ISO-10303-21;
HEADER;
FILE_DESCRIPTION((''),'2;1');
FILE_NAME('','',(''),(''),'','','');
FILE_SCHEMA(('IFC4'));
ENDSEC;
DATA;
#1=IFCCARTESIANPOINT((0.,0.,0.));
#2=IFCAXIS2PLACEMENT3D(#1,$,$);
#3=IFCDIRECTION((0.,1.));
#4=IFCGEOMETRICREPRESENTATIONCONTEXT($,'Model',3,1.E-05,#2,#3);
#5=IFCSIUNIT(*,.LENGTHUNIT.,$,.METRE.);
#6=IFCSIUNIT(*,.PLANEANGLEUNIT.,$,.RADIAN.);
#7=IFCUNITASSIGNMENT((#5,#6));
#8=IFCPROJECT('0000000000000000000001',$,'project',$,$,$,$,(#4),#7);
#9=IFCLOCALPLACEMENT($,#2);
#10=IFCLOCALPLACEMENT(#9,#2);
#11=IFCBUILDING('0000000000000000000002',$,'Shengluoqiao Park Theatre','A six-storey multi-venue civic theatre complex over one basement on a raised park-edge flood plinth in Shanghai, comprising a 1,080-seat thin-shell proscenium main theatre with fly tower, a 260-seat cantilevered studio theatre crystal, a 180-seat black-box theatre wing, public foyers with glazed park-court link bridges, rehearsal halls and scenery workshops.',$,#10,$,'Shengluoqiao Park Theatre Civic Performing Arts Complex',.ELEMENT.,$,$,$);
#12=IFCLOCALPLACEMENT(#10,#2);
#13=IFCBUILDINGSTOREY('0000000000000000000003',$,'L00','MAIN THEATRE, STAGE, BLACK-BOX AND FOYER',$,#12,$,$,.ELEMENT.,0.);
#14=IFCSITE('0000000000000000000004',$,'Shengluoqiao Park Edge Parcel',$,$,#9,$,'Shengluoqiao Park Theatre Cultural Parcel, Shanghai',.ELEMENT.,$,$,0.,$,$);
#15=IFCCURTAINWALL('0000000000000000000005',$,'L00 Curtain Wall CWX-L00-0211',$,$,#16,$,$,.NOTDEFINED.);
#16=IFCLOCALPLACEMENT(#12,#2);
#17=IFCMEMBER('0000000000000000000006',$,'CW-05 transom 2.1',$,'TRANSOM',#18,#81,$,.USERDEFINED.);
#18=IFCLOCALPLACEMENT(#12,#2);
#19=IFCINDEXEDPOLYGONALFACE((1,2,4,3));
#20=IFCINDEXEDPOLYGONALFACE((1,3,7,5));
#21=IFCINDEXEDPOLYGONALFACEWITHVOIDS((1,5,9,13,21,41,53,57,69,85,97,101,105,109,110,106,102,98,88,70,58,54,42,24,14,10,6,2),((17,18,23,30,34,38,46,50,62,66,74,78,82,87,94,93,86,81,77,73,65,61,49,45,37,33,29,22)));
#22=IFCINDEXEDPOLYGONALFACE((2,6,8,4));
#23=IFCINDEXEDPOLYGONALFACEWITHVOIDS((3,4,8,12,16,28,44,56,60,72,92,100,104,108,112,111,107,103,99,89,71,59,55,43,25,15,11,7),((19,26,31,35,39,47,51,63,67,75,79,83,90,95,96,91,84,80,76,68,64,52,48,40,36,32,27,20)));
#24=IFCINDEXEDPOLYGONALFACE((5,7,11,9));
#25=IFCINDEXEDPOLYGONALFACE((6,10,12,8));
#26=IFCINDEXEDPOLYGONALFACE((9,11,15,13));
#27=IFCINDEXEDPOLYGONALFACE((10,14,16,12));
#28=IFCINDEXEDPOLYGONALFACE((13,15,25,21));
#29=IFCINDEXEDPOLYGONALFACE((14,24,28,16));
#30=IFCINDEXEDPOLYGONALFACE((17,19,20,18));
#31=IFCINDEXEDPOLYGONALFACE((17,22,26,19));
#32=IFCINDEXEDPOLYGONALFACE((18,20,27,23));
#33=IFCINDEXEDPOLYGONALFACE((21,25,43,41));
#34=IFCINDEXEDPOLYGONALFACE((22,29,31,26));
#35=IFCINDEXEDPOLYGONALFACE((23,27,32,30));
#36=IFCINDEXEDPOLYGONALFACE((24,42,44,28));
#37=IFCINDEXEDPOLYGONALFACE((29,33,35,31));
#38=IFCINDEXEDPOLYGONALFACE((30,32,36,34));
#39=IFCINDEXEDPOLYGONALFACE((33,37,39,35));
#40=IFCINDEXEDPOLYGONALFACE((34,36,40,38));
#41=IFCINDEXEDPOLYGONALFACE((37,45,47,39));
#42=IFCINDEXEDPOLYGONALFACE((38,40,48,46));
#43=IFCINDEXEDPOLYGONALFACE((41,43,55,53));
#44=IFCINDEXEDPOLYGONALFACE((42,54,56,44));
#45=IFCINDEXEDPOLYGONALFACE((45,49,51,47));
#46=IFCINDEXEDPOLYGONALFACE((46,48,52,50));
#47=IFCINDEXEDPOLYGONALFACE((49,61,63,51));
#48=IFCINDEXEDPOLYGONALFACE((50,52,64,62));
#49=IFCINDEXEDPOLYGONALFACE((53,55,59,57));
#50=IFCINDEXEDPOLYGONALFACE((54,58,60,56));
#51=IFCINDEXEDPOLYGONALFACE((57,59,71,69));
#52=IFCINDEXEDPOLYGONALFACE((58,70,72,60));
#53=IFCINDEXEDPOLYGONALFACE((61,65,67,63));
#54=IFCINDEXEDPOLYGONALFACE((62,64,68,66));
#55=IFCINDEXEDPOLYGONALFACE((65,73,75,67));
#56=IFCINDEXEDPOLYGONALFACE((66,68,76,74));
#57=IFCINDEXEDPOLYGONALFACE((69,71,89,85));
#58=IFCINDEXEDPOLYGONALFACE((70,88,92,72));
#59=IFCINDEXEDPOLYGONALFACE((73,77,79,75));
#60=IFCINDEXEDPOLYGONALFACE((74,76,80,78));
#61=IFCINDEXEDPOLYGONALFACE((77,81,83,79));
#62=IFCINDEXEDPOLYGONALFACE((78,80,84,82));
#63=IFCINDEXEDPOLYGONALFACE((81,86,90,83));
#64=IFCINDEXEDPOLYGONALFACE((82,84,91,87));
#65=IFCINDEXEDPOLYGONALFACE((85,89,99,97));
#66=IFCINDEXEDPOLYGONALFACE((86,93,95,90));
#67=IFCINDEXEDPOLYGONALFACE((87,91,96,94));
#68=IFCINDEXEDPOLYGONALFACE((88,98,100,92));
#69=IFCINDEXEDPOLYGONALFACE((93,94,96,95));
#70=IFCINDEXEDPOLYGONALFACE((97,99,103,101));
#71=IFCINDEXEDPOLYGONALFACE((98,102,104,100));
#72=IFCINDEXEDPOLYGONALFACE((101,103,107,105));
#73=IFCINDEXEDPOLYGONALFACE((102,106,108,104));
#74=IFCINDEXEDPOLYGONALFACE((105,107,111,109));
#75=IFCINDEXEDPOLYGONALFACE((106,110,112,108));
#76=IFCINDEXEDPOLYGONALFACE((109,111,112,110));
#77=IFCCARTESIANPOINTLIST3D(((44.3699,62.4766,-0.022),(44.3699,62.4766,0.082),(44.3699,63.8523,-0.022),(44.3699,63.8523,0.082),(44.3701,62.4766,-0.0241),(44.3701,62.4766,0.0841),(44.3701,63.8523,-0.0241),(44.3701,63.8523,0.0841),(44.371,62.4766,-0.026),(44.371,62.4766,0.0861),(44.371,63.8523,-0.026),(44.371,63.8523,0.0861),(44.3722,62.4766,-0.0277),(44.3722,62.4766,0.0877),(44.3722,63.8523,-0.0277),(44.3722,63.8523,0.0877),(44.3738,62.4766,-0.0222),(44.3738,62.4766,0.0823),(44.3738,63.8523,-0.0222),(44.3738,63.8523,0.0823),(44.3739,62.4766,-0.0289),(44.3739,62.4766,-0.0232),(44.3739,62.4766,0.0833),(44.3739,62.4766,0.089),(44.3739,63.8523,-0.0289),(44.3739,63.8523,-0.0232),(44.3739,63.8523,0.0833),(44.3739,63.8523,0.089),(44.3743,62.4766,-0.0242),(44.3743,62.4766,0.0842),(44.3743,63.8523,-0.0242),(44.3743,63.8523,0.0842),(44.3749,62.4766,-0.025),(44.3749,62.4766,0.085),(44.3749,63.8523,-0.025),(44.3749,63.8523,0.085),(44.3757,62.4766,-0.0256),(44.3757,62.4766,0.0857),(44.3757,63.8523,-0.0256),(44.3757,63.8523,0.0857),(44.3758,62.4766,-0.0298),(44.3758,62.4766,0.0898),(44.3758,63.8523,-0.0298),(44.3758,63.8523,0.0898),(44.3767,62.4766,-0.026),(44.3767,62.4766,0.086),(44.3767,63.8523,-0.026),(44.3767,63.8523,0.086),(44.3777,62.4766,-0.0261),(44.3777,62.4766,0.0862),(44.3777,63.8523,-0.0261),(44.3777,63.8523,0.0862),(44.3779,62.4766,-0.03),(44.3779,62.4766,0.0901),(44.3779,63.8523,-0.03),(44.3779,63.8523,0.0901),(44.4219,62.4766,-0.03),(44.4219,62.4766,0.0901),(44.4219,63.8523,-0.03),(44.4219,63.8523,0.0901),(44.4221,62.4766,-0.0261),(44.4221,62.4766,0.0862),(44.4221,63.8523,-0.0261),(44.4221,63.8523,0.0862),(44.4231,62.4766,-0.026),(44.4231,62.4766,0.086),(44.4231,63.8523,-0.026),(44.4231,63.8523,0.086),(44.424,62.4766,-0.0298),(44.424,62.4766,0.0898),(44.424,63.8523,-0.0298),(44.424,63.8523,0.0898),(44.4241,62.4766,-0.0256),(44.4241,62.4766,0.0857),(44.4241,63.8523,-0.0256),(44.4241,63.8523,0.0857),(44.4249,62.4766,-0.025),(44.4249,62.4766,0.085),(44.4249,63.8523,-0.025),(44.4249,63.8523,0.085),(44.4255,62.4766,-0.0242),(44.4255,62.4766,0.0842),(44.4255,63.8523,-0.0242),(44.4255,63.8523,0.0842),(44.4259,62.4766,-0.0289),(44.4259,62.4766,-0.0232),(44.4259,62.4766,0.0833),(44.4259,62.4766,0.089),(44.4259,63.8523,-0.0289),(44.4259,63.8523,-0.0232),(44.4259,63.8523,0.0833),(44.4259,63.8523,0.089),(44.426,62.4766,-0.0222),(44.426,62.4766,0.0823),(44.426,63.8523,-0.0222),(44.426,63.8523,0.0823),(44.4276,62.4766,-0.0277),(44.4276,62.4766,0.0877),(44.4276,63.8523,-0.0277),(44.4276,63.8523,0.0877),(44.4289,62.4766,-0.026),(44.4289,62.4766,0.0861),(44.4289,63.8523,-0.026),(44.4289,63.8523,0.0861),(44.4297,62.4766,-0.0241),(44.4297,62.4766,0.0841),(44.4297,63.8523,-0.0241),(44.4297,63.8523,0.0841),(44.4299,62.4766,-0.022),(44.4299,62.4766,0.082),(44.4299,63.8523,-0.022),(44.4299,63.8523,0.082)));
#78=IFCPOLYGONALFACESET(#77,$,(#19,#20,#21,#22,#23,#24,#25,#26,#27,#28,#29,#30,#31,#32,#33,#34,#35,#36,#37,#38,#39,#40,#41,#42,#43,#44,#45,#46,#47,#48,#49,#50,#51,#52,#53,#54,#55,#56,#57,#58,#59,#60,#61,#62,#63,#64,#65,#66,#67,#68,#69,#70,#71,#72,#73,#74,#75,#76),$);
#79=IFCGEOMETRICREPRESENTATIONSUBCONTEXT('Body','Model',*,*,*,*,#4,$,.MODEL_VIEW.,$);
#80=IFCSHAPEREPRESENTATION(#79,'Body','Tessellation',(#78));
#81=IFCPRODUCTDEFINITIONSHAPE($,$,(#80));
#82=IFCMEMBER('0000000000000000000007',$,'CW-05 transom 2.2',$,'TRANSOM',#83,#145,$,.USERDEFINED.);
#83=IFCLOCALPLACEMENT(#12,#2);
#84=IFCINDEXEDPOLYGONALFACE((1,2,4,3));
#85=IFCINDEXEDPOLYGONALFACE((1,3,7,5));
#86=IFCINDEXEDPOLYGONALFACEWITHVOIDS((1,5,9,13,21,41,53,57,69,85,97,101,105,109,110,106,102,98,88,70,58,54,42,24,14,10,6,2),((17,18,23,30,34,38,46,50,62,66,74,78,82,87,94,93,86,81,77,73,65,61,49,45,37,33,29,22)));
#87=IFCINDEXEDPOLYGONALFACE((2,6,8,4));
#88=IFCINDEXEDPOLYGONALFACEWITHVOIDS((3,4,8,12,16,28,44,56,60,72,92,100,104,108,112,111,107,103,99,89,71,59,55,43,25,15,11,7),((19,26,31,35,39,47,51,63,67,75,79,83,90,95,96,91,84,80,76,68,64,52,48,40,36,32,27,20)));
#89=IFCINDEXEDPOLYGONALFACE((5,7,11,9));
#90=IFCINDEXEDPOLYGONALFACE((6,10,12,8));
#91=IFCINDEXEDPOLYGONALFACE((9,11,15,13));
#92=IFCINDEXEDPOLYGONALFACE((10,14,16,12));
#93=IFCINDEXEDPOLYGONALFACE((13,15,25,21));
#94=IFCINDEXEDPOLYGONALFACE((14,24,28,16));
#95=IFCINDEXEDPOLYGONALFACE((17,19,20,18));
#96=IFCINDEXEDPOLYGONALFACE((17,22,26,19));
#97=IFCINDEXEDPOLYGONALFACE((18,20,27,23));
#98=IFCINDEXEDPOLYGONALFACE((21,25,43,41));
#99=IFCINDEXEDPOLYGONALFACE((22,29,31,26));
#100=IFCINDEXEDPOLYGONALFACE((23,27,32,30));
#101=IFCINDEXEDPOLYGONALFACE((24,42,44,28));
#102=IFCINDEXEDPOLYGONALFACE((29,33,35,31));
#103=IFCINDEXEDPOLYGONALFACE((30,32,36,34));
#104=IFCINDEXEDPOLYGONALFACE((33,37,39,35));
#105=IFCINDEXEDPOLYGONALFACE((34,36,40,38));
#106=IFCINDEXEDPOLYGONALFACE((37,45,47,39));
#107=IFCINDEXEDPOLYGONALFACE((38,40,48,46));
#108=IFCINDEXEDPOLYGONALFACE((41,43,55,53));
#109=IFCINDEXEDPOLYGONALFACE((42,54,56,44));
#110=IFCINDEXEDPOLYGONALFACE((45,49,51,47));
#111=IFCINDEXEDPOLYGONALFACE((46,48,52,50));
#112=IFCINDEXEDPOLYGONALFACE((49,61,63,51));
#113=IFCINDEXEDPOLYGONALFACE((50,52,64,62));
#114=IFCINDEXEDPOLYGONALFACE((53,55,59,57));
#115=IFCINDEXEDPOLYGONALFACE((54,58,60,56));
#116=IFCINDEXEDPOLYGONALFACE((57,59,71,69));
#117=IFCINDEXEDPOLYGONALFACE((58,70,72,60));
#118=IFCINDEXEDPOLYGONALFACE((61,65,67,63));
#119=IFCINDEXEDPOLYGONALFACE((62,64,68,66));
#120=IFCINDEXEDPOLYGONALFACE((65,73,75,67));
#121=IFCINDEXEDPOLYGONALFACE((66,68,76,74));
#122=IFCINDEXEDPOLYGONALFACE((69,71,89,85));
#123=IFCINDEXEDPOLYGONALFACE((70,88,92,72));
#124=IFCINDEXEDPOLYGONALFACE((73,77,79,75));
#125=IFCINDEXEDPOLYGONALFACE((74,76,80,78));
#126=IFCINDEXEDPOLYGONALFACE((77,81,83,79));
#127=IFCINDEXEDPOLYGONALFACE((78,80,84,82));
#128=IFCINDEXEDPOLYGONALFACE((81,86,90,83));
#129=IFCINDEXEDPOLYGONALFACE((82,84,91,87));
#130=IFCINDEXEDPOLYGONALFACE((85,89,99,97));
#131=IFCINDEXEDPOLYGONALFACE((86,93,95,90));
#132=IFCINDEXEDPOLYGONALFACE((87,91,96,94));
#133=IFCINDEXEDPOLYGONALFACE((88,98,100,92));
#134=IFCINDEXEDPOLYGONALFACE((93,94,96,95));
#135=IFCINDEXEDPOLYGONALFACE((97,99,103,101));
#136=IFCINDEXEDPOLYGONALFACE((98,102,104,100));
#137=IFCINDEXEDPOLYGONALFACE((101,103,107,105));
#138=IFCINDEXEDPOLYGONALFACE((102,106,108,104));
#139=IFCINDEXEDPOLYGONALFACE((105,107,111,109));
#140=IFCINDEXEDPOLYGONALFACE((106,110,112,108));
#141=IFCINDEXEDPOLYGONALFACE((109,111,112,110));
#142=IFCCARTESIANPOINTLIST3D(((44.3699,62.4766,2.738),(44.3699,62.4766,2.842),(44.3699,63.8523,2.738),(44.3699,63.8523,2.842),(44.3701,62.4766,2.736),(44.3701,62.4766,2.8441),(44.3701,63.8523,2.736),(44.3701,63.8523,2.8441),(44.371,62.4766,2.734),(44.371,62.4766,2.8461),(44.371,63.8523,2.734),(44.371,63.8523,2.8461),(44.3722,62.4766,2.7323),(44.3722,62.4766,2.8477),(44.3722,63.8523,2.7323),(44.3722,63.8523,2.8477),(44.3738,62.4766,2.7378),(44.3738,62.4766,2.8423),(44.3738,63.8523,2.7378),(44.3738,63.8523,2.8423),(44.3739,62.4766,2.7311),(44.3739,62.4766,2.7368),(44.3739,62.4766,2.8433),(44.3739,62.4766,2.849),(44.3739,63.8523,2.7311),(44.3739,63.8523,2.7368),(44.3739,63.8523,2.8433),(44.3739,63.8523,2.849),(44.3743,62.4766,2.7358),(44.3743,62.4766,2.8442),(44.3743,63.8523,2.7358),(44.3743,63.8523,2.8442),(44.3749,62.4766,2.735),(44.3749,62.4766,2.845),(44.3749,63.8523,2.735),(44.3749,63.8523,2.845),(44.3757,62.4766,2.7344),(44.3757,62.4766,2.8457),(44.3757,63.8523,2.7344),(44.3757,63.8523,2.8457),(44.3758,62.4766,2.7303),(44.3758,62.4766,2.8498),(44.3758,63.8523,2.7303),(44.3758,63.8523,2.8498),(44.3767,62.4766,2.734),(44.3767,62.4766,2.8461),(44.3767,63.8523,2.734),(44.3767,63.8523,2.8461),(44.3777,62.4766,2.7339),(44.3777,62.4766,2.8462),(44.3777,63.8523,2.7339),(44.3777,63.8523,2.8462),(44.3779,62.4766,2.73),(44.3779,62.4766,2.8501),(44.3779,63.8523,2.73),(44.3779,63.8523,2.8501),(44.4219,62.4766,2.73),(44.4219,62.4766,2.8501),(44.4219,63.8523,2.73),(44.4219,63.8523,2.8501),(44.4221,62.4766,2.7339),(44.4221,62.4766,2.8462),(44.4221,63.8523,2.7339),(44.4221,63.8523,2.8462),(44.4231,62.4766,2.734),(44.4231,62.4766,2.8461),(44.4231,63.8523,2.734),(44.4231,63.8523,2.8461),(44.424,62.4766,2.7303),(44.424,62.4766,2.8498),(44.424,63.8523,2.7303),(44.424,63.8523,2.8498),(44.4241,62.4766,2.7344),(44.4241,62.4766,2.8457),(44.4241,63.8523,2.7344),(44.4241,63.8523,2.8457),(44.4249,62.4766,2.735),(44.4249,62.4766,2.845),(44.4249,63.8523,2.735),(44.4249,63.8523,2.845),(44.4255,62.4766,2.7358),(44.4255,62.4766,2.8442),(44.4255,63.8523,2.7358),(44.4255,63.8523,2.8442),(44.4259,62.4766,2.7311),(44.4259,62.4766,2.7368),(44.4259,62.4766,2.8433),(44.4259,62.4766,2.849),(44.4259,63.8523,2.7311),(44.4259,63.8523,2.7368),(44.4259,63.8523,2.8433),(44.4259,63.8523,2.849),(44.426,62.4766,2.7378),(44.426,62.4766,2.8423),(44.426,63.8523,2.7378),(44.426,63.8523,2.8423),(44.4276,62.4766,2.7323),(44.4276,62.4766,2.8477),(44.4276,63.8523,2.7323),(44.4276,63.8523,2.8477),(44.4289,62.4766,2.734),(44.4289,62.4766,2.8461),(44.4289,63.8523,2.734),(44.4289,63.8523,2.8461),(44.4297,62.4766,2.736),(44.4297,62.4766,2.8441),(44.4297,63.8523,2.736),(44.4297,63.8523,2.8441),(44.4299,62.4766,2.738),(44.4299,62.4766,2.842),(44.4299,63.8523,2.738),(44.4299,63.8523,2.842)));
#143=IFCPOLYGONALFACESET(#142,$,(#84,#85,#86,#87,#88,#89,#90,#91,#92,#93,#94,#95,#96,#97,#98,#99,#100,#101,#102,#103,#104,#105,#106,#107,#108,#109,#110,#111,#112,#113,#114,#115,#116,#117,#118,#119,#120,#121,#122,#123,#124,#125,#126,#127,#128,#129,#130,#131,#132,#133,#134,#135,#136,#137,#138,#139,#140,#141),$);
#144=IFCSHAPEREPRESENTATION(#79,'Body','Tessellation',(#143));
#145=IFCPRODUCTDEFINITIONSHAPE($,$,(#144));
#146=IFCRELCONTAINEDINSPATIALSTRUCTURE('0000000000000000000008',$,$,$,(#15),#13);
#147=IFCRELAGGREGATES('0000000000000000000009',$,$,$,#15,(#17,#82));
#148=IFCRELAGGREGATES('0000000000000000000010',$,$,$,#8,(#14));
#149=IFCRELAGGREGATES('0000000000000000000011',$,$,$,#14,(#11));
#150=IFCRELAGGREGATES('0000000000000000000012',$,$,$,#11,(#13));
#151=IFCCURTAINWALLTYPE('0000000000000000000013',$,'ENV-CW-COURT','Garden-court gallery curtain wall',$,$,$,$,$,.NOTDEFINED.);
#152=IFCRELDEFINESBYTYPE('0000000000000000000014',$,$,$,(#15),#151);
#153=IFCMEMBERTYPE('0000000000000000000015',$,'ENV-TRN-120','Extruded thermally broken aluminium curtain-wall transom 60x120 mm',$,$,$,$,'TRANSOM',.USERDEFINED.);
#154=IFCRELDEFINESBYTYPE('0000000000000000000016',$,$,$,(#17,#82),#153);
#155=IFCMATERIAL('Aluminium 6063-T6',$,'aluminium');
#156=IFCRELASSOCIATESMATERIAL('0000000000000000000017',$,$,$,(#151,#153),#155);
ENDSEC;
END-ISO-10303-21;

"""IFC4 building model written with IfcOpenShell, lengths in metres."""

from ifc_helpers import new_model, si_unit, direction, frame, origin, origin_2d, place, context, subcontext, project, spatial, hollow_rectangle, extrude, material, material_profile, profile_set, type_object, element, aggregate, save


model = new_model("IFC4")

# Units and contexts
model_context = context("Model", 3, precision=1e-05, world=origin(), true_north=direction((0.0, 1.0)))
body_context = subcontext(model_context, "Body", "Model", "MODEL_VIEW")
ifc_project = project(units=[si_unit("LENGTHUNIT", "METRE"), si_unit("PLANEANGLEUNIT", "RADIAN")], contexts=[model_context])

# Site, building, storey
site_placement = place(None, origin())
site = spatial("IfcSite", under=ifc_project, at=site_placement, Name="Shengluoqiao Park Edge Parcel", LongName="Shengluoqiao Park Theatre Cultural Parcel, Shanghai", CompositionType="ELEMENT", RefElevation=0.0)
building_placement = place(site_placement, origin())
building = spatial("IfcBuilding", under=site, at=building_placement, Name="Shengluoqiao Park Theatre", Description="A six-storey multi-venue civic theatre complex over one basement on a raised park-edge flood plinth in Shanghai, comprising a 1,080-seat thin-shell proscenium main theatre with fly tower, a 260-seat cantilevered studio theatre crystal, a 180-seat black-box theatre wing, public foyers with glazed park-court link bridges, rehearsal halls and scenery workshops.", LongName="Shengluoqiao Park Theatre Civic Performing Arts Complex", CompositionType="ELEMENT")
storey_placement = place(building_placement, origin())
storey = spatial("IfcBuildingStorey", under=building, at=storey_placement, Name="L00", Description="MAIN THEATRE, STAGE, BLACK-BOX AND FOYER", CompositionType="ELEMENT", Elevation=0.0)

# Curtain wall, members
ifc_material_1 = material(Name="Aluminium 6063-T6", Category="aluminium")
curtain_wall_type = type_object("IfcCurtainWallType", Name="ENV-CW-COURT", Description="Garden-court gallery curtain wall", PredefinedType="NOTDEFINED", material=ifc_material_1)
curtain_wall_placement = place(storey_placement, origin())
curtain_wall = element("IfcCurtainWall", 1, at=curtain_wall_placement, inside=storey, type_object=curtain_wall_type, Name="L00 Curtain Wall CWX-L00-0211", PredefinedType="NOTDEFINED")
ifc_material_profile_1 = material_profile(ifc_material_1, hollow_rectangle(XDim=0.0601, YDim=0.1201, WallThickness=0.0039, InnerFilletRadius=0.0039, OuterFilletRadius=0.0081, at=origin_2d()), Name="ALU TRANSOM 120x60x4")
ifc_profile_set_1 = profile_set([ifc_material_profile_1], Name="Aluminium 6063-T6")
member_type_1 = type_object("IfcMemberType", Name="ENV-TRN-120", Description="Extruded thermally broken aluminium curtain-wall transom 60x120 mm", ElementType="TRANSOM", PredefinedType="USERDEFINED", material=ifc_profile_set_1)
member_1_placement = place(storey_placement, frame((44.3999, 62.4766, 0.03), z_axis=(0.0, 1.0, 0.0), x_axis=(-1.0, 0.0, 0.0)))
member_1 = element("IfcMember", 2, at=member_1_placement, type_object=member_type_1, Name="CW-05 transom 2.1", ObjectType="TRANSOM", PredefinedType="USERDEFINED", context=body_context, shape_type="SweptSolid", body=[
    extrude(hollow_rectangle(XDim=0.0601, YDim=0.1201, WallThickness=0.0039, InnerFilletRadius=0.0039, OuterFilletRadius=0.0081, at=origin_2d()), origin(), (0.0, 0.0, 1.0), 1.3757),
])
member_2_placement = place(storey_placement, frame((44.3999, 62.4766, 2.79), z_axis=(0.0, 1.0, 0.0), x_axis=(-1.0, 0.0, 0.0)))
member_2 = element("IfcMember", 3, at=member_2_placement, type_object=member_type_1, Name="CW-05 transom 2.2", ObjectType="TRANSOM", PredefinedType="USERDEFINED", context=body_context, shape_type="SweptSolid", body=[
    extrude(hollow_rectangle(XDim=0.0601, YDim=0.1201, WallThickness=0.0039, InnerFilletRadius=0.0039, OuterFilletRadius=0.0081, at=origin_2d()), origin(), (0.0, 0.0, 1.0), 1.3757),
])
aggregate(curtain_wall, [member_1, member_2])

save(model, "model.ifc")
